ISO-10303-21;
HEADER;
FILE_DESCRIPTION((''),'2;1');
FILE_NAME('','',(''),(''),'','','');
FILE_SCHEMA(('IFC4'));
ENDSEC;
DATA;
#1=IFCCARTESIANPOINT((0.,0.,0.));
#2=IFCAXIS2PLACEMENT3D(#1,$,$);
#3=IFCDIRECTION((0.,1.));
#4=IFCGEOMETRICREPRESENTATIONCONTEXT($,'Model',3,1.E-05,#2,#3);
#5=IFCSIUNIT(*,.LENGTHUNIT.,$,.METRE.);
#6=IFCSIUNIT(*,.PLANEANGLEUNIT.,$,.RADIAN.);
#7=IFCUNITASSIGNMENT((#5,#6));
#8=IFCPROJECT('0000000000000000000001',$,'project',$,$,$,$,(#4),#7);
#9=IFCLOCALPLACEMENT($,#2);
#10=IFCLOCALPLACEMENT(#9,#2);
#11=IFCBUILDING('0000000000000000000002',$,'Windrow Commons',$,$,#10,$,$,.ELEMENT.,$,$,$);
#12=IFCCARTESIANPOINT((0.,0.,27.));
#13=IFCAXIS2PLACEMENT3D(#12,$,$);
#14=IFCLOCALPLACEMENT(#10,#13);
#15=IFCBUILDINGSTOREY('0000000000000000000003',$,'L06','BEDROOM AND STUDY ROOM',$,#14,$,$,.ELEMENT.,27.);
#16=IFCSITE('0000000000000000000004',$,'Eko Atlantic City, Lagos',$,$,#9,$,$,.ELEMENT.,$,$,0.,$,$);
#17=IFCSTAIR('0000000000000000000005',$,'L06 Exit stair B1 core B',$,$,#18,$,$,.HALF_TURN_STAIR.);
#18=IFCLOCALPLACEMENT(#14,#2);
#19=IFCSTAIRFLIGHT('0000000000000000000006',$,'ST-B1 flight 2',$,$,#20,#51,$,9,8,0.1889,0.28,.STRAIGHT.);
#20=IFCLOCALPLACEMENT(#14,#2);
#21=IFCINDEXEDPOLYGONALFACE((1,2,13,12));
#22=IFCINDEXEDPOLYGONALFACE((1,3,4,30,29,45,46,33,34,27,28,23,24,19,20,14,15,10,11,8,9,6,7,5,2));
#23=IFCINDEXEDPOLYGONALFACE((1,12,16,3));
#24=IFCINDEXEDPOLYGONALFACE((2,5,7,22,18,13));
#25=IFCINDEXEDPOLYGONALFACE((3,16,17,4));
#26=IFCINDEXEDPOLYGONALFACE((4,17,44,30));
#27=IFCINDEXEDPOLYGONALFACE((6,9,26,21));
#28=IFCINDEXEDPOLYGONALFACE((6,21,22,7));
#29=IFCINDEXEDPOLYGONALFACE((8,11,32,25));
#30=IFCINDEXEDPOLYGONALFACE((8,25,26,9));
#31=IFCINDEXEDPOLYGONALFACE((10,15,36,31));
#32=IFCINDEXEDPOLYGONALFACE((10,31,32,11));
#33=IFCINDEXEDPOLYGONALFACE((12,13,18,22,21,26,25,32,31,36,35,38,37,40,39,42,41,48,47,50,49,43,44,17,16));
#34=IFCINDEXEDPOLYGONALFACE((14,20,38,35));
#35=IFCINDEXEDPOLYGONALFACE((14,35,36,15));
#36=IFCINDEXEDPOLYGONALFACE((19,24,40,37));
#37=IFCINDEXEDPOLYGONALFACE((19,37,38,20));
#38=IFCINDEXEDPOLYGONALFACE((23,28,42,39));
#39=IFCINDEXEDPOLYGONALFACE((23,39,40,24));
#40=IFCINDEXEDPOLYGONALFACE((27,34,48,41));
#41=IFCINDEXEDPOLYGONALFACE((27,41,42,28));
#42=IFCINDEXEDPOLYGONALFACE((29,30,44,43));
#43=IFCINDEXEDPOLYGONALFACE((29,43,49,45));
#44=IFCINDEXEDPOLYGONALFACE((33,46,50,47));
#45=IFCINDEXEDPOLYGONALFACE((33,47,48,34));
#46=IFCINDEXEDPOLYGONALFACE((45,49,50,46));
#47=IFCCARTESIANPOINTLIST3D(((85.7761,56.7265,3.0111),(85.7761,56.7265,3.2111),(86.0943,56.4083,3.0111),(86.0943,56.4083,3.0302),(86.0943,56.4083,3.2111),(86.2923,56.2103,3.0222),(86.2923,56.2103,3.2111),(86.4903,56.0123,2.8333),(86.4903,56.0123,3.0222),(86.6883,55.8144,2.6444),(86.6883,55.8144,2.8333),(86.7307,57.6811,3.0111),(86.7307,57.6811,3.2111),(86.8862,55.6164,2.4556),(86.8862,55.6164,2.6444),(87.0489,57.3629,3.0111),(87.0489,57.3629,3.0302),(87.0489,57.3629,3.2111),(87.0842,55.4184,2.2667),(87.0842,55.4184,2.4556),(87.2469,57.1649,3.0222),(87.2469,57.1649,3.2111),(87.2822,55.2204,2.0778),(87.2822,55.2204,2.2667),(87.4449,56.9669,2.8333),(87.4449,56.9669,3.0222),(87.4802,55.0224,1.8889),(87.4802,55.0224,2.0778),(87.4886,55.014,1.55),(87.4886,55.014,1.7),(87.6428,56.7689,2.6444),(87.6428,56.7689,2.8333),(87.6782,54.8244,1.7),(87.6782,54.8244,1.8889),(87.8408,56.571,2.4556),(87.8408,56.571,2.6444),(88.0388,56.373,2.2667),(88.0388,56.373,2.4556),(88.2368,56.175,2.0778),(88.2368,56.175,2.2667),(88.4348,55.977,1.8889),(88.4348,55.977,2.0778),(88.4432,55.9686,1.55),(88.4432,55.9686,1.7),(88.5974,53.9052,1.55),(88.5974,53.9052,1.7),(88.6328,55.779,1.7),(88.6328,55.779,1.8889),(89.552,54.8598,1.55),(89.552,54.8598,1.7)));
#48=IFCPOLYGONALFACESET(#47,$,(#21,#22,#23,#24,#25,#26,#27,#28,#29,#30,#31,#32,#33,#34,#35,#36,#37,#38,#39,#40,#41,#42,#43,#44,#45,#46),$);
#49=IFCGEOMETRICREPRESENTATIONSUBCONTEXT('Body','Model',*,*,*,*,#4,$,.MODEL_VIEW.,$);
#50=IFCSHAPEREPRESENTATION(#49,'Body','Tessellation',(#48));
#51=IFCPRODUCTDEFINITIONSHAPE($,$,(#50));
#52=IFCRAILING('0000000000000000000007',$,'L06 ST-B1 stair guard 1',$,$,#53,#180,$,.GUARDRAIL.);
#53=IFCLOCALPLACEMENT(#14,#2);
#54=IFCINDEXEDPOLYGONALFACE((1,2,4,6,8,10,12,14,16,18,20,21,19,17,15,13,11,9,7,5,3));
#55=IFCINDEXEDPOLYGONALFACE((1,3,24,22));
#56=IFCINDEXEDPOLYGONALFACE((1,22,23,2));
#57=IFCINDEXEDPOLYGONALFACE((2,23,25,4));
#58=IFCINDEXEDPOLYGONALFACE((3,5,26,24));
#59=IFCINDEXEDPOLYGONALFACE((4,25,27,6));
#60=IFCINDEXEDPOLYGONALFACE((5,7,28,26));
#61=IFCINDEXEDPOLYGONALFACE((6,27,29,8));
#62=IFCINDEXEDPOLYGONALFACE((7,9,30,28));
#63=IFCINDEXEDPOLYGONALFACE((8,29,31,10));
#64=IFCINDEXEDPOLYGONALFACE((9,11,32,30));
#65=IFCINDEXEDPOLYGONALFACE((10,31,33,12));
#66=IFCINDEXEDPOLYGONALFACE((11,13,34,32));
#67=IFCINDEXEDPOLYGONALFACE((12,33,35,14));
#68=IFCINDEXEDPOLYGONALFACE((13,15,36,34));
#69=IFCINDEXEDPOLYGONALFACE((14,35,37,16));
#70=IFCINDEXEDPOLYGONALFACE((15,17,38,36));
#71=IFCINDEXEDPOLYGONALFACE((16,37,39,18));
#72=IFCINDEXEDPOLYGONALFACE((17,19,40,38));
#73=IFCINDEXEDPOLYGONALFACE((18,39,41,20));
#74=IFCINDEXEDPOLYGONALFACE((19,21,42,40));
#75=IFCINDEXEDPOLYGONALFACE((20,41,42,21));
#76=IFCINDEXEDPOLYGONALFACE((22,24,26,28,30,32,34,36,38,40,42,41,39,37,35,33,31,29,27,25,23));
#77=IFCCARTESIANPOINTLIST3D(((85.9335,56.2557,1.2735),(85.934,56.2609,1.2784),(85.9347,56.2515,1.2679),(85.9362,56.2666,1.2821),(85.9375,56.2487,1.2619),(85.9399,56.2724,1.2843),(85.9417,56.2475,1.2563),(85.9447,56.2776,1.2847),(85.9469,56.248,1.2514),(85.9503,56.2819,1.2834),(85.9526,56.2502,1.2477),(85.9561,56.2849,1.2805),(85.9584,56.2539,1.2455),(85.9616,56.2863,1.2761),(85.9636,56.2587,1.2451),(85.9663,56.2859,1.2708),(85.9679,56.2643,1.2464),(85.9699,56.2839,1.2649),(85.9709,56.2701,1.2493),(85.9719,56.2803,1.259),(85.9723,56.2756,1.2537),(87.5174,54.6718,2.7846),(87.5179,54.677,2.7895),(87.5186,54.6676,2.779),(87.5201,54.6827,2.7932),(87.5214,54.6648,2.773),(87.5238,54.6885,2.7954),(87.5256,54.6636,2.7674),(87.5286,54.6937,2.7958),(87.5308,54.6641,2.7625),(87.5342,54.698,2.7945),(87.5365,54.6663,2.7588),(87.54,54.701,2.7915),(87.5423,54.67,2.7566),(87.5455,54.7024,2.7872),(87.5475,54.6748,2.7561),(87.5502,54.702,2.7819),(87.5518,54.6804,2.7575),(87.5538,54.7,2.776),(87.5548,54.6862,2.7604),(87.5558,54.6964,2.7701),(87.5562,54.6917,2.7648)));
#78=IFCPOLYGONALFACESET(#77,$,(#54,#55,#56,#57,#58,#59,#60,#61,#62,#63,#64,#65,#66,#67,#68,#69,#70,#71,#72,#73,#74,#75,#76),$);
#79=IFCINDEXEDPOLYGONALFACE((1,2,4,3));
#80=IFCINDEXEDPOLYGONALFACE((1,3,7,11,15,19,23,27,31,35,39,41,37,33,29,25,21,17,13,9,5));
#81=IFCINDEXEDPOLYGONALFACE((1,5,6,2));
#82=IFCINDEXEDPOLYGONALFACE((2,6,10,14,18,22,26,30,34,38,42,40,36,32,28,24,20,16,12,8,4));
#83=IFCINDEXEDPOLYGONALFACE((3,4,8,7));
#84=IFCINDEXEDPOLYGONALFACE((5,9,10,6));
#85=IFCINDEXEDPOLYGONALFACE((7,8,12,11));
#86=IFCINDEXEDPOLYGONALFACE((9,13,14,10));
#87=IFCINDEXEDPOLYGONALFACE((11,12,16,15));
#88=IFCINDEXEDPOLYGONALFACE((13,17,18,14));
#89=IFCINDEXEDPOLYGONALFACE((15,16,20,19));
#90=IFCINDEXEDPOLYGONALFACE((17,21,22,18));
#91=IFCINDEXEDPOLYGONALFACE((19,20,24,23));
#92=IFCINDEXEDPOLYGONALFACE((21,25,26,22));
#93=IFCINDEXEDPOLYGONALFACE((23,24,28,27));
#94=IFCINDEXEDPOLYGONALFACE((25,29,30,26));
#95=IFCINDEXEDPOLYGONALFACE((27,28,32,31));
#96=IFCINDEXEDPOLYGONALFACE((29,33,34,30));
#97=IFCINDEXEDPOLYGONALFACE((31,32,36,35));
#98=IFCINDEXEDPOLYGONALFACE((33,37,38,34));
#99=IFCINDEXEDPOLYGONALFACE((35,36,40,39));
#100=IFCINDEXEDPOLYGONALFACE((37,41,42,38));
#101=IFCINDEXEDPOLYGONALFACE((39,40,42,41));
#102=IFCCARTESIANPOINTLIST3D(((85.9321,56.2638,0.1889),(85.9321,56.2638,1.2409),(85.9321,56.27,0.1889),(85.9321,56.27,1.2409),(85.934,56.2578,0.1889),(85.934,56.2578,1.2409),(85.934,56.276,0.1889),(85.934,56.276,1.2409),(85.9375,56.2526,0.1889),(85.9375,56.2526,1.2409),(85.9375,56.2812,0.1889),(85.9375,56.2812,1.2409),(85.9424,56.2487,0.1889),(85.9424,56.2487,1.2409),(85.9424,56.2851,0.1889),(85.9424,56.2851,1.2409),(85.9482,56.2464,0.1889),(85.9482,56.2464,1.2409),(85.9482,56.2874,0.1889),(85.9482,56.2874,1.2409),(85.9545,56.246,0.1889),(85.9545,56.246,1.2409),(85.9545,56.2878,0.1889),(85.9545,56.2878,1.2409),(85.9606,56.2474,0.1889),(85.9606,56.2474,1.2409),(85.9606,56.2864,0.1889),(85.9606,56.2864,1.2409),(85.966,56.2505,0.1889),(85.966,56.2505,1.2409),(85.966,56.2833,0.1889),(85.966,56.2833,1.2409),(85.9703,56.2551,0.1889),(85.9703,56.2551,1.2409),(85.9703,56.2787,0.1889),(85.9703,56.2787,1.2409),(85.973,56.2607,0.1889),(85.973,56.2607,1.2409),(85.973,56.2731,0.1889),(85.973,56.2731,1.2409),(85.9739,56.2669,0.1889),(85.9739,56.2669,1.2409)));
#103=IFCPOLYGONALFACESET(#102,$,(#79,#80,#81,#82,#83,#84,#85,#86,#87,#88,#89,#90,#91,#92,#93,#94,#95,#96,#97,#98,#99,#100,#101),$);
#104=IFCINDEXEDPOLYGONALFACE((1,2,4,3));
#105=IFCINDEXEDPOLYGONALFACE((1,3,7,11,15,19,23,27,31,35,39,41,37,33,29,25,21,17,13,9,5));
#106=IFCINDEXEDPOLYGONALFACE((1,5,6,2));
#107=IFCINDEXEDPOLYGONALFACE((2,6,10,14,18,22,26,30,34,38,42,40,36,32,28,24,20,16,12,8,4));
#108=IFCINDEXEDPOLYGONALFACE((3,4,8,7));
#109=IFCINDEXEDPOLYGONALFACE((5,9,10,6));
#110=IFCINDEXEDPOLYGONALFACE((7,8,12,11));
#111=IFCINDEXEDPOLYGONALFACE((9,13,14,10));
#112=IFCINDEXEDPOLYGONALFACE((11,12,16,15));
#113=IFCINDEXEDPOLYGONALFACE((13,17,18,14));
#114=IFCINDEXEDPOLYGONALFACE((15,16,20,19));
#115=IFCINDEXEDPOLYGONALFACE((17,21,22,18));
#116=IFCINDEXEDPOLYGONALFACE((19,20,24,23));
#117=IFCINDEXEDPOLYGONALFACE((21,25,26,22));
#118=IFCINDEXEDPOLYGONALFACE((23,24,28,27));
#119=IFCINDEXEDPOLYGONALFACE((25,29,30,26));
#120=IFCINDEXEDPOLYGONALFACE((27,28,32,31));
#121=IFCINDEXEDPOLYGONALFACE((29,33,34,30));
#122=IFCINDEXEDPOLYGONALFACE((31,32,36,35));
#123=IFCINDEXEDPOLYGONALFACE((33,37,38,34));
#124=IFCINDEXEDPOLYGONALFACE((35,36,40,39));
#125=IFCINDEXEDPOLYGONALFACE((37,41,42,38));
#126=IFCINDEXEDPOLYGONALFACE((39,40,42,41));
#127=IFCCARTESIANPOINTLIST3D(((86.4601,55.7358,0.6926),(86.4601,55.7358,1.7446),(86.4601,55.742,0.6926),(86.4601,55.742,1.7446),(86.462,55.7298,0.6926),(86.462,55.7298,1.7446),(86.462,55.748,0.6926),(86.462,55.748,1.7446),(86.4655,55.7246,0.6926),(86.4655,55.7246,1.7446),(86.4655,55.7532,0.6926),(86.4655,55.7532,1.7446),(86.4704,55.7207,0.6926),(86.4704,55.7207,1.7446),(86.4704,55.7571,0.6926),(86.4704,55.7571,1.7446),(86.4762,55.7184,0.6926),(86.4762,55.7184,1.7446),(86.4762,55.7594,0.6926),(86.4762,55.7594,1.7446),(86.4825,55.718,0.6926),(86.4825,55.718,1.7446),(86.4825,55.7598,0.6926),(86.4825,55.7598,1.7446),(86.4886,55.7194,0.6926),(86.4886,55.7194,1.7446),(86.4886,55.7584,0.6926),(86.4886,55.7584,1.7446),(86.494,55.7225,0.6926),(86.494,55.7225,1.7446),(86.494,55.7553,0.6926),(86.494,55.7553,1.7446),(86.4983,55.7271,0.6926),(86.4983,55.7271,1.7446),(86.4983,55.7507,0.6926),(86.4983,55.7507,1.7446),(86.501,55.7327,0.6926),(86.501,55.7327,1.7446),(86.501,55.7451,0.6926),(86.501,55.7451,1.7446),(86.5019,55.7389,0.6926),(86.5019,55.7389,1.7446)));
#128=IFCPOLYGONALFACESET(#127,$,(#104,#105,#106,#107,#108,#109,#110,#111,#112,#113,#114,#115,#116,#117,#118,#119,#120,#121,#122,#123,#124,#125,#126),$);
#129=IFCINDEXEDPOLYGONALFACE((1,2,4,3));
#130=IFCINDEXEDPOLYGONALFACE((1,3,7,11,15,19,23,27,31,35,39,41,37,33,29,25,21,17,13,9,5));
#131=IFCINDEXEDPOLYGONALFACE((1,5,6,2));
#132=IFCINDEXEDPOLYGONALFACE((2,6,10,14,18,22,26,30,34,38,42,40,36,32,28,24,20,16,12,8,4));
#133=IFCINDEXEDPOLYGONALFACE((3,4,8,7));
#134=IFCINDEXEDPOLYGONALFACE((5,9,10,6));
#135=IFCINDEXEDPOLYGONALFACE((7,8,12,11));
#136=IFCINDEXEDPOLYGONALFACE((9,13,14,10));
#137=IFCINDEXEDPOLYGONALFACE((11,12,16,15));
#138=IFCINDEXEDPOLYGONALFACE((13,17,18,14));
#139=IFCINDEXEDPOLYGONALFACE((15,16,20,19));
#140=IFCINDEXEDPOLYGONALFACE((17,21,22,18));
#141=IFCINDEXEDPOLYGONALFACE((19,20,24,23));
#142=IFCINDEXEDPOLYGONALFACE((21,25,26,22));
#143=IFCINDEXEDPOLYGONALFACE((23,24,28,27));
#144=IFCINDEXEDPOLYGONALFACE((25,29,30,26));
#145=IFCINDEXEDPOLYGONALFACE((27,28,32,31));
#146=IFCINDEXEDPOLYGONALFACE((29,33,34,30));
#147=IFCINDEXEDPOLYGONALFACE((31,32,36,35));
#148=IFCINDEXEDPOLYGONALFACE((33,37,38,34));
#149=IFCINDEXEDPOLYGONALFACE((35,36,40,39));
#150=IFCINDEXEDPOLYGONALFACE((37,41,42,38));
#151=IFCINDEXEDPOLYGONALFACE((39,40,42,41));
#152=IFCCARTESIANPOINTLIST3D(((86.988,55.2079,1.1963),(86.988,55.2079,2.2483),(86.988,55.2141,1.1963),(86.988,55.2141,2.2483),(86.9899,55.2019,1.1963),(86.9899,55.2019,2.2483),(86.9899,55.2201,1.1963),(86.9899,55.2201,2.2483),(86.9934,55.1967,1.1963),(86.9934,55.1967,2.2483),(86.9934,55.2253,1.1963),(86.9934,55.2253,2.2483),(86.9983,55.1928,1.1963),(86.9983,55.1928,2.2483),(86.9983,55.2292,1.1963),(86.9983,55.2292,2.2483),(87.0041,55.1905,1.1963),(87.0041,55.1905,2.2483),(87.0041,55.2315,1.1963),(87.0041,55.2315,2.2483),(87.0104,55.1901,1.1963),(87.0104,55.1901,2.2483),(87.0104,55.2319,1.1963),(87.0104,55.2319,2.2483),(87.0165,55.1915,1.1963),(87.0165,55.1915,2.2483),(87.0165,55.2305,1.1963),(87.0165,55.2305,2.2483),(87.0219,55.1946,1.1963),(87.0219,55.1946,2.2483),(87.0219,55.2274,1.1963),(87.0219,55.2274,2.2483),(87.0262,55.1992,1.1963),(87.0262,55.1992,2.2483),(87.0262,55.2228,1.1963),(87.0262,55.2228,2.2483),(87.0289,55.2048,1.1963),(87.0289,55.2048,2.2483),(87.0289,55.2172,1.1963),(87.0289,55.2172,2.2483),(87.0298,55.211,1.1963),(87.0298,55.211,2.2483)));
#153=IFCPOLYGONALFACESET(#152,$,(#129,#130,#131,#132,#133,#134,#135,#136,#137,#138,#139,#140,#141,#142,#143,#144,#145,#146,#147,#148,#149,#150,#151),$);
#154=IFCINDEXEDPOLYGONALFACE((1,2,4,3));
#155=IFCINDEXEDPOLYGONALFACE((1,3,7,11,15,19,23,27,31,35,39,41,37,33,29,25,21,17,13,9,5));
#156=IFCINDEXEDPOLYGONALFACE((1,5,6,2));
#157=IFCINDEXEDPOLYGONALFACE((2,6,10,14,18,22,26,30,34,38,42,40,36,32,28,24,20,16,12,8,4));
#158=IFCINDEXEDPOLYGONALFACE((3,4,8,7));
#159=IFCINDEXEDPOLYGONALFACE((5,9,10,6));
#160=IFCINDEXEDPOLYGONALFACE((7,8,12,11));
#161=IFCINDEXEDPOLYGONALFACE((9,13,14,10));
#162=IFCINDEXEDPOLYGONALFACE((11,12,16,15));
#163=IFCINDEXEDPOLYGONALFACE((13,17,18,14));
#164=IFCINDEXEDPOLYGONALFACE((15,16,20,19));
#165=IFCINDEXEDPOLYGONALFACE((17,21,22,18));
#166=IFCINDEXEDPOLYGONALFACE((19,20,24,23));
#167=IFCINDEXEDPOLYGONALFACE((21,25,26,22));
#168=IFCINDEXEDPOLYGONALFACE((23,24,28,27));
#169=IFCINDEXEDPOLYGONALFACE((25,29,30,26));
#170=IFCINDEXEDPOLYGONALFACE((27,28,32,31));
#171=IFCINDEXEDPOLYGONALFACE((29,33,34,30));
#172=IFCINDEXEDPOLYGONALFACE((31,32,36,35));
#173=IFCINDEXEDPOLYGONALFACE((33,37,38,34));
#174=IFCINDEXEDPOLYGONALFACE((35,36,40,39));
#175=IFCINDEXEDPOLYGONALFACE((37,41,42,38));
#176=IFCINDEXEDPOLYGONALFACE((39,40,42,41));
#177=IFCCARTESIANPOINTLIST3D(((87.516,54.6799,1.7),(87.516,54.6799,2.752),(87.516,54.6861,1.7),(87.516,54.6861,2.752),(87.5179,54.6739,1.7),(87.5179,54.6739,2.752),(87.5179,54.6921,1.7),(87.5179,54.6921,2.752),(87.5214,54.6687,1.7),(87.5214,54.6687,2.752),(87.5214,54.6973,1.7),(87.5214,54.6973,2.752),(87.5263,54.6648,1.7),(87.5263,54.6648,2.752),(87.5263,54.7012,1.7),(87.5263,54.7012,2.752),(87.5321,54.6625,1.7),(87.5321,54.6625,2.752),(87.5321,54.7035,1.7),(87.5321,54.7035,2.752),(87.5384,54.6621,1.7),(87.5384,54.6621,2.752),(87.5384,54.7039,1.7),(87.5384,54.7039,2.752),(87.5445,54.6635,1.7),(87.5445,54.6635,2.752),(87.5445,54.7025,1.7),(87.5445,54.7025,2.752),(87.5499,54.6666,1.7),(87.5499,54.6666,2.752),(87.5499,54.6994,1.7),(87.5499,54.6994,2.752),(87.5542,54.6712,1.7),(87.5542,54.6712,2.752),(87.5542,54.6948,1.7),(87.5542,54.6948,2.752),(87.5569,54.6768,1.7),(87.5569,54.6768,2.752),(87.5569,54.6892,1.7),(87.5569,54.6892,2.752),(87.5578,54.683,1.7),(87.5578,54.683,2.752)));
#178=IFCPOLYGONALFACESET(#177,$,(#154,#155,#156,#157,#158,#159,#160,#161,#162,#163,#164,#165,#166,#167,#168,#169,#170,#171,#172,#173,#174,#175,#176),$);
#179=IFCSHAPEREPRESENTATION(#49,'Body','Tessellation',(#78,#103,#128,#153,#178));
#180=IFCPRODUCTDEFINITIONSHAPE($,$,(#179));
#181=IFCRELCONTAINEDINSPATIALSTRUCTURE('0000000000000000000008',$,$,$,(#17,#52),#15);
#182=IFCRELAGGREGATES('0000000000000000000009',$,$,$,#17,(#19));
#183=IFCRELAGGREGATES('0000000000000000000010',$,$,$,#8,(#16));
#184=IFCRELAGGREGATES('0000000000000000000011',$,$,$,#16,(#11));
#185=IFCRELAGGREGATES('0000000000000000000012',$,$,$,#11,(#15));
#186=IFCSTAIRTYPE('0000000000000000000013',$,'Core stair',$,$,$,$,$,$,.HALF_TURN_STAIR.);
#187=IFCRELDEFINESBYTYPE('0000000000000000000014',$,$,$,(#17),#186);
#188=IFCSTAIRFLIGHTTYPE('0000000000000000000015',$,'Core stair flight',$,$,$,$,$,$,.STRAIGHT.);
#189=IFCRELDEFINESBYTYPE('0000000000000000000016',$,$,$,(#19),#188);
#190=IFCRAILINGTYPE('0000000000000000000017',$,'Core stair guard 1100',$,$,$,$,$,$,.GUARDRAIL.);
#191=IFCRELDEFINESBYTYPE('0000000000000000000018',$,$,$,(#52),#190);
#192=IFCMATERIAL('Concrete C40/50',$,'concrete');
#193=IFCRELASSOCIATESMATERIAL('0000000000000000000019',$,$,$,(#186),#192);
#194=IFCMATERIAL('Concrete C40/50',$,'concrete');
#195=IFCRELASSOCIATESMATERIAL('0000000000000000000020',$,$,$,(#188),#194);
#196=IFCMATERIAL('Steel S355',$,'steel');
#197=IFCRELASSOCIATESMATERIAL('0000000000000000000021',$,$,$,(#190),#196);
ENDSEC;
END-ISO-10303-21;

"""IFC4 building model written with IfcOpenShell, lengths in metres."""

from ifc_helpers import new_model, si_unit, direction, frame, origin, origin_2d, place, context, subcontext, project, spatial, polyline, circle, outline, extrude, material, type_object, element, aggregate, save


model = new_model("IFC4")

# Units and contexts
model_context = context("Model", 3, precision=1e-05, world=origin(), true_north=direction((0.0, 1.0)))
body_context = subcontext(model_context, "Body", "Model", "MODEL_VIEW")
ifc_project = project(units=[si_unit("LENGTHUNIT", "METRE"), si_unit("PLANEANGLEUNIT", "RADIAN")], contexts=[model_context])

# Site, building, storey
site_placement = place(None, origin())
site = spatial("IfcSite", under=ifc_project, at=site_placement, Name="Eko Atlantic City, Lagos", CompositionType="ELEMENT", RefElevation=0.0)
building_placement = place(site_placement, origin())
building = spatial("IfcBuilding", under=site, at=building_placement, Name="Windrow Commons", CompositionType="ELEMENT")
storey_placement = place(building_placement, frame((0.0, 0.0, 27.0)))
storey = spatial("IfcBuildingStorey", under=building, at=storey_placement, Name="L06", Description="BEDROOM AND STUDY ROOM", CompositionType="ELEMENT", Elevation=27.0)

# Stair, stair flight
ifc_material_1 = material(Name="Concrete C40/50", Category="concrete")
stair_type = type_object("IfcStairType", Name="Core stair", PredefinedType="HALF_TURN_STAIR", material=ifc_material_1)
stair_placement = place(storey_placement, origin())
stair = element("IfcStair", 1, at=stair_placement, inside=storey, type_object=stair_type, Name="L06 Exit stair B1 core B", PredefinedType="HALF_TURN_STAIR")
ifc_material_2 = material(Name="Concrete C40/50", Category="concrete")
stair_flight_type = type_object("IfcStairFlightType", Name="Core stair flight", PredefinedType="STRAIGHT", material=ifc_material_2)
stair_flight_1_placement = place(storey_placement, frame((88.1555, 55.3017, 1.7), z_axis=(0.0, 0.0, 1.0), x_axis=(-0.707107, 0.707107, 0.0)))
stair_flight_1 = element("IfcStairFlight", 2, at=stair_flight_1_placement, type_object=stair_flight_type, Name="ST-B1 flight 2", NumberOfRisers=9, NumberOfTreads=8, PredefinedType="STRAIGHT", RiserHeight=0.1889, TreadLength=0.28, context=body_context, shape_type="SweptSolid", body=[
    extrude(outline(polyline([(-1.3, -0.15), (-1.3, 0.0), (0.0, 0.0), (0.0, 0.1889), (0.28, 0.1889), (0.28, 0.3778), (0.56, 0.3778), (0.56, 0.5667), (0.84, 0.5667), (0.84, 0.7556), (1.12, 0.7556), (1.12, 0.9444), (1.4, 0.9444), (1.4, 1.1333), (1.68, 1.1333), (1.68, 1.3222), (1.96, 1.3222), (1.96, 1.5111), (2.24, 1.5111), (2.69, 1.5111), (2.69, 1.3111), (2.24, 1.3111), (2.24, 1.3302), (0.2682, 0.0), (0.2682, -0.15), (-1.3, -0.15)])), frame((0.0, 0.675, 0.0), z_axis=(0.0, -1.0, 0.0), x_axis=(1.0, 0.0, 0.0)), (0.0, 0.0, 1.0), 1.35),
])
aggregate(stair, [stair_flight_1])

# Railing
ifc_material_3 = material(Name="Steel S355", Category="steel")
railing_type_1 = type_object("IfcRailingType", Name="Core stair guard 1100", PredefinedType="GUARDRAIL", material=ifc_material_3)
railing_1_placement = place(storey_placement, frame((85.9529, 56.2669, 0.1889)))
element("IfcRailing", 3, at=railing_1_placement, inside=storey, type_object=railing_type_1, Name="L06 ST-B1 stair guard 1", PredefinedType="GUARDRAIL", context=body_context, shape_type="SweptSolid", body=[
    extrude(circle(Radius=0.024, at=origin_2d()), frame((0.0, 0.0, 1.076), z_axis=(0.586191, -0.586191, 0.559249), x_axis=(0.707107, 0.707107, 0.0)), (0.0, 0.0, 1.0), 2.702),
    extrude(circle(Radius=0.021, at=origin_2d()), origin(), (0.0, 0.0, 1.0), 1.052),
    extrude(circle(Radius=0.021, at=origin_2d()), frame((0.528, -0.528, 0.5037)), (0.0, 0.0, 1.0), 1.052),
    extrude(circle(Radius=0.021, at=origin_2d()), frame((1.0559, -1.0559, 1.0074)), (0.0, 0.0, 1.0), 1.052),
    extrude(circle(Radius=0.021, at=origin_2d()), frame((1.5839, -1.5839, 1.5111)), (0.0, 0.0, 1.0), 1.052),
])

save(model, "model.ifc")
